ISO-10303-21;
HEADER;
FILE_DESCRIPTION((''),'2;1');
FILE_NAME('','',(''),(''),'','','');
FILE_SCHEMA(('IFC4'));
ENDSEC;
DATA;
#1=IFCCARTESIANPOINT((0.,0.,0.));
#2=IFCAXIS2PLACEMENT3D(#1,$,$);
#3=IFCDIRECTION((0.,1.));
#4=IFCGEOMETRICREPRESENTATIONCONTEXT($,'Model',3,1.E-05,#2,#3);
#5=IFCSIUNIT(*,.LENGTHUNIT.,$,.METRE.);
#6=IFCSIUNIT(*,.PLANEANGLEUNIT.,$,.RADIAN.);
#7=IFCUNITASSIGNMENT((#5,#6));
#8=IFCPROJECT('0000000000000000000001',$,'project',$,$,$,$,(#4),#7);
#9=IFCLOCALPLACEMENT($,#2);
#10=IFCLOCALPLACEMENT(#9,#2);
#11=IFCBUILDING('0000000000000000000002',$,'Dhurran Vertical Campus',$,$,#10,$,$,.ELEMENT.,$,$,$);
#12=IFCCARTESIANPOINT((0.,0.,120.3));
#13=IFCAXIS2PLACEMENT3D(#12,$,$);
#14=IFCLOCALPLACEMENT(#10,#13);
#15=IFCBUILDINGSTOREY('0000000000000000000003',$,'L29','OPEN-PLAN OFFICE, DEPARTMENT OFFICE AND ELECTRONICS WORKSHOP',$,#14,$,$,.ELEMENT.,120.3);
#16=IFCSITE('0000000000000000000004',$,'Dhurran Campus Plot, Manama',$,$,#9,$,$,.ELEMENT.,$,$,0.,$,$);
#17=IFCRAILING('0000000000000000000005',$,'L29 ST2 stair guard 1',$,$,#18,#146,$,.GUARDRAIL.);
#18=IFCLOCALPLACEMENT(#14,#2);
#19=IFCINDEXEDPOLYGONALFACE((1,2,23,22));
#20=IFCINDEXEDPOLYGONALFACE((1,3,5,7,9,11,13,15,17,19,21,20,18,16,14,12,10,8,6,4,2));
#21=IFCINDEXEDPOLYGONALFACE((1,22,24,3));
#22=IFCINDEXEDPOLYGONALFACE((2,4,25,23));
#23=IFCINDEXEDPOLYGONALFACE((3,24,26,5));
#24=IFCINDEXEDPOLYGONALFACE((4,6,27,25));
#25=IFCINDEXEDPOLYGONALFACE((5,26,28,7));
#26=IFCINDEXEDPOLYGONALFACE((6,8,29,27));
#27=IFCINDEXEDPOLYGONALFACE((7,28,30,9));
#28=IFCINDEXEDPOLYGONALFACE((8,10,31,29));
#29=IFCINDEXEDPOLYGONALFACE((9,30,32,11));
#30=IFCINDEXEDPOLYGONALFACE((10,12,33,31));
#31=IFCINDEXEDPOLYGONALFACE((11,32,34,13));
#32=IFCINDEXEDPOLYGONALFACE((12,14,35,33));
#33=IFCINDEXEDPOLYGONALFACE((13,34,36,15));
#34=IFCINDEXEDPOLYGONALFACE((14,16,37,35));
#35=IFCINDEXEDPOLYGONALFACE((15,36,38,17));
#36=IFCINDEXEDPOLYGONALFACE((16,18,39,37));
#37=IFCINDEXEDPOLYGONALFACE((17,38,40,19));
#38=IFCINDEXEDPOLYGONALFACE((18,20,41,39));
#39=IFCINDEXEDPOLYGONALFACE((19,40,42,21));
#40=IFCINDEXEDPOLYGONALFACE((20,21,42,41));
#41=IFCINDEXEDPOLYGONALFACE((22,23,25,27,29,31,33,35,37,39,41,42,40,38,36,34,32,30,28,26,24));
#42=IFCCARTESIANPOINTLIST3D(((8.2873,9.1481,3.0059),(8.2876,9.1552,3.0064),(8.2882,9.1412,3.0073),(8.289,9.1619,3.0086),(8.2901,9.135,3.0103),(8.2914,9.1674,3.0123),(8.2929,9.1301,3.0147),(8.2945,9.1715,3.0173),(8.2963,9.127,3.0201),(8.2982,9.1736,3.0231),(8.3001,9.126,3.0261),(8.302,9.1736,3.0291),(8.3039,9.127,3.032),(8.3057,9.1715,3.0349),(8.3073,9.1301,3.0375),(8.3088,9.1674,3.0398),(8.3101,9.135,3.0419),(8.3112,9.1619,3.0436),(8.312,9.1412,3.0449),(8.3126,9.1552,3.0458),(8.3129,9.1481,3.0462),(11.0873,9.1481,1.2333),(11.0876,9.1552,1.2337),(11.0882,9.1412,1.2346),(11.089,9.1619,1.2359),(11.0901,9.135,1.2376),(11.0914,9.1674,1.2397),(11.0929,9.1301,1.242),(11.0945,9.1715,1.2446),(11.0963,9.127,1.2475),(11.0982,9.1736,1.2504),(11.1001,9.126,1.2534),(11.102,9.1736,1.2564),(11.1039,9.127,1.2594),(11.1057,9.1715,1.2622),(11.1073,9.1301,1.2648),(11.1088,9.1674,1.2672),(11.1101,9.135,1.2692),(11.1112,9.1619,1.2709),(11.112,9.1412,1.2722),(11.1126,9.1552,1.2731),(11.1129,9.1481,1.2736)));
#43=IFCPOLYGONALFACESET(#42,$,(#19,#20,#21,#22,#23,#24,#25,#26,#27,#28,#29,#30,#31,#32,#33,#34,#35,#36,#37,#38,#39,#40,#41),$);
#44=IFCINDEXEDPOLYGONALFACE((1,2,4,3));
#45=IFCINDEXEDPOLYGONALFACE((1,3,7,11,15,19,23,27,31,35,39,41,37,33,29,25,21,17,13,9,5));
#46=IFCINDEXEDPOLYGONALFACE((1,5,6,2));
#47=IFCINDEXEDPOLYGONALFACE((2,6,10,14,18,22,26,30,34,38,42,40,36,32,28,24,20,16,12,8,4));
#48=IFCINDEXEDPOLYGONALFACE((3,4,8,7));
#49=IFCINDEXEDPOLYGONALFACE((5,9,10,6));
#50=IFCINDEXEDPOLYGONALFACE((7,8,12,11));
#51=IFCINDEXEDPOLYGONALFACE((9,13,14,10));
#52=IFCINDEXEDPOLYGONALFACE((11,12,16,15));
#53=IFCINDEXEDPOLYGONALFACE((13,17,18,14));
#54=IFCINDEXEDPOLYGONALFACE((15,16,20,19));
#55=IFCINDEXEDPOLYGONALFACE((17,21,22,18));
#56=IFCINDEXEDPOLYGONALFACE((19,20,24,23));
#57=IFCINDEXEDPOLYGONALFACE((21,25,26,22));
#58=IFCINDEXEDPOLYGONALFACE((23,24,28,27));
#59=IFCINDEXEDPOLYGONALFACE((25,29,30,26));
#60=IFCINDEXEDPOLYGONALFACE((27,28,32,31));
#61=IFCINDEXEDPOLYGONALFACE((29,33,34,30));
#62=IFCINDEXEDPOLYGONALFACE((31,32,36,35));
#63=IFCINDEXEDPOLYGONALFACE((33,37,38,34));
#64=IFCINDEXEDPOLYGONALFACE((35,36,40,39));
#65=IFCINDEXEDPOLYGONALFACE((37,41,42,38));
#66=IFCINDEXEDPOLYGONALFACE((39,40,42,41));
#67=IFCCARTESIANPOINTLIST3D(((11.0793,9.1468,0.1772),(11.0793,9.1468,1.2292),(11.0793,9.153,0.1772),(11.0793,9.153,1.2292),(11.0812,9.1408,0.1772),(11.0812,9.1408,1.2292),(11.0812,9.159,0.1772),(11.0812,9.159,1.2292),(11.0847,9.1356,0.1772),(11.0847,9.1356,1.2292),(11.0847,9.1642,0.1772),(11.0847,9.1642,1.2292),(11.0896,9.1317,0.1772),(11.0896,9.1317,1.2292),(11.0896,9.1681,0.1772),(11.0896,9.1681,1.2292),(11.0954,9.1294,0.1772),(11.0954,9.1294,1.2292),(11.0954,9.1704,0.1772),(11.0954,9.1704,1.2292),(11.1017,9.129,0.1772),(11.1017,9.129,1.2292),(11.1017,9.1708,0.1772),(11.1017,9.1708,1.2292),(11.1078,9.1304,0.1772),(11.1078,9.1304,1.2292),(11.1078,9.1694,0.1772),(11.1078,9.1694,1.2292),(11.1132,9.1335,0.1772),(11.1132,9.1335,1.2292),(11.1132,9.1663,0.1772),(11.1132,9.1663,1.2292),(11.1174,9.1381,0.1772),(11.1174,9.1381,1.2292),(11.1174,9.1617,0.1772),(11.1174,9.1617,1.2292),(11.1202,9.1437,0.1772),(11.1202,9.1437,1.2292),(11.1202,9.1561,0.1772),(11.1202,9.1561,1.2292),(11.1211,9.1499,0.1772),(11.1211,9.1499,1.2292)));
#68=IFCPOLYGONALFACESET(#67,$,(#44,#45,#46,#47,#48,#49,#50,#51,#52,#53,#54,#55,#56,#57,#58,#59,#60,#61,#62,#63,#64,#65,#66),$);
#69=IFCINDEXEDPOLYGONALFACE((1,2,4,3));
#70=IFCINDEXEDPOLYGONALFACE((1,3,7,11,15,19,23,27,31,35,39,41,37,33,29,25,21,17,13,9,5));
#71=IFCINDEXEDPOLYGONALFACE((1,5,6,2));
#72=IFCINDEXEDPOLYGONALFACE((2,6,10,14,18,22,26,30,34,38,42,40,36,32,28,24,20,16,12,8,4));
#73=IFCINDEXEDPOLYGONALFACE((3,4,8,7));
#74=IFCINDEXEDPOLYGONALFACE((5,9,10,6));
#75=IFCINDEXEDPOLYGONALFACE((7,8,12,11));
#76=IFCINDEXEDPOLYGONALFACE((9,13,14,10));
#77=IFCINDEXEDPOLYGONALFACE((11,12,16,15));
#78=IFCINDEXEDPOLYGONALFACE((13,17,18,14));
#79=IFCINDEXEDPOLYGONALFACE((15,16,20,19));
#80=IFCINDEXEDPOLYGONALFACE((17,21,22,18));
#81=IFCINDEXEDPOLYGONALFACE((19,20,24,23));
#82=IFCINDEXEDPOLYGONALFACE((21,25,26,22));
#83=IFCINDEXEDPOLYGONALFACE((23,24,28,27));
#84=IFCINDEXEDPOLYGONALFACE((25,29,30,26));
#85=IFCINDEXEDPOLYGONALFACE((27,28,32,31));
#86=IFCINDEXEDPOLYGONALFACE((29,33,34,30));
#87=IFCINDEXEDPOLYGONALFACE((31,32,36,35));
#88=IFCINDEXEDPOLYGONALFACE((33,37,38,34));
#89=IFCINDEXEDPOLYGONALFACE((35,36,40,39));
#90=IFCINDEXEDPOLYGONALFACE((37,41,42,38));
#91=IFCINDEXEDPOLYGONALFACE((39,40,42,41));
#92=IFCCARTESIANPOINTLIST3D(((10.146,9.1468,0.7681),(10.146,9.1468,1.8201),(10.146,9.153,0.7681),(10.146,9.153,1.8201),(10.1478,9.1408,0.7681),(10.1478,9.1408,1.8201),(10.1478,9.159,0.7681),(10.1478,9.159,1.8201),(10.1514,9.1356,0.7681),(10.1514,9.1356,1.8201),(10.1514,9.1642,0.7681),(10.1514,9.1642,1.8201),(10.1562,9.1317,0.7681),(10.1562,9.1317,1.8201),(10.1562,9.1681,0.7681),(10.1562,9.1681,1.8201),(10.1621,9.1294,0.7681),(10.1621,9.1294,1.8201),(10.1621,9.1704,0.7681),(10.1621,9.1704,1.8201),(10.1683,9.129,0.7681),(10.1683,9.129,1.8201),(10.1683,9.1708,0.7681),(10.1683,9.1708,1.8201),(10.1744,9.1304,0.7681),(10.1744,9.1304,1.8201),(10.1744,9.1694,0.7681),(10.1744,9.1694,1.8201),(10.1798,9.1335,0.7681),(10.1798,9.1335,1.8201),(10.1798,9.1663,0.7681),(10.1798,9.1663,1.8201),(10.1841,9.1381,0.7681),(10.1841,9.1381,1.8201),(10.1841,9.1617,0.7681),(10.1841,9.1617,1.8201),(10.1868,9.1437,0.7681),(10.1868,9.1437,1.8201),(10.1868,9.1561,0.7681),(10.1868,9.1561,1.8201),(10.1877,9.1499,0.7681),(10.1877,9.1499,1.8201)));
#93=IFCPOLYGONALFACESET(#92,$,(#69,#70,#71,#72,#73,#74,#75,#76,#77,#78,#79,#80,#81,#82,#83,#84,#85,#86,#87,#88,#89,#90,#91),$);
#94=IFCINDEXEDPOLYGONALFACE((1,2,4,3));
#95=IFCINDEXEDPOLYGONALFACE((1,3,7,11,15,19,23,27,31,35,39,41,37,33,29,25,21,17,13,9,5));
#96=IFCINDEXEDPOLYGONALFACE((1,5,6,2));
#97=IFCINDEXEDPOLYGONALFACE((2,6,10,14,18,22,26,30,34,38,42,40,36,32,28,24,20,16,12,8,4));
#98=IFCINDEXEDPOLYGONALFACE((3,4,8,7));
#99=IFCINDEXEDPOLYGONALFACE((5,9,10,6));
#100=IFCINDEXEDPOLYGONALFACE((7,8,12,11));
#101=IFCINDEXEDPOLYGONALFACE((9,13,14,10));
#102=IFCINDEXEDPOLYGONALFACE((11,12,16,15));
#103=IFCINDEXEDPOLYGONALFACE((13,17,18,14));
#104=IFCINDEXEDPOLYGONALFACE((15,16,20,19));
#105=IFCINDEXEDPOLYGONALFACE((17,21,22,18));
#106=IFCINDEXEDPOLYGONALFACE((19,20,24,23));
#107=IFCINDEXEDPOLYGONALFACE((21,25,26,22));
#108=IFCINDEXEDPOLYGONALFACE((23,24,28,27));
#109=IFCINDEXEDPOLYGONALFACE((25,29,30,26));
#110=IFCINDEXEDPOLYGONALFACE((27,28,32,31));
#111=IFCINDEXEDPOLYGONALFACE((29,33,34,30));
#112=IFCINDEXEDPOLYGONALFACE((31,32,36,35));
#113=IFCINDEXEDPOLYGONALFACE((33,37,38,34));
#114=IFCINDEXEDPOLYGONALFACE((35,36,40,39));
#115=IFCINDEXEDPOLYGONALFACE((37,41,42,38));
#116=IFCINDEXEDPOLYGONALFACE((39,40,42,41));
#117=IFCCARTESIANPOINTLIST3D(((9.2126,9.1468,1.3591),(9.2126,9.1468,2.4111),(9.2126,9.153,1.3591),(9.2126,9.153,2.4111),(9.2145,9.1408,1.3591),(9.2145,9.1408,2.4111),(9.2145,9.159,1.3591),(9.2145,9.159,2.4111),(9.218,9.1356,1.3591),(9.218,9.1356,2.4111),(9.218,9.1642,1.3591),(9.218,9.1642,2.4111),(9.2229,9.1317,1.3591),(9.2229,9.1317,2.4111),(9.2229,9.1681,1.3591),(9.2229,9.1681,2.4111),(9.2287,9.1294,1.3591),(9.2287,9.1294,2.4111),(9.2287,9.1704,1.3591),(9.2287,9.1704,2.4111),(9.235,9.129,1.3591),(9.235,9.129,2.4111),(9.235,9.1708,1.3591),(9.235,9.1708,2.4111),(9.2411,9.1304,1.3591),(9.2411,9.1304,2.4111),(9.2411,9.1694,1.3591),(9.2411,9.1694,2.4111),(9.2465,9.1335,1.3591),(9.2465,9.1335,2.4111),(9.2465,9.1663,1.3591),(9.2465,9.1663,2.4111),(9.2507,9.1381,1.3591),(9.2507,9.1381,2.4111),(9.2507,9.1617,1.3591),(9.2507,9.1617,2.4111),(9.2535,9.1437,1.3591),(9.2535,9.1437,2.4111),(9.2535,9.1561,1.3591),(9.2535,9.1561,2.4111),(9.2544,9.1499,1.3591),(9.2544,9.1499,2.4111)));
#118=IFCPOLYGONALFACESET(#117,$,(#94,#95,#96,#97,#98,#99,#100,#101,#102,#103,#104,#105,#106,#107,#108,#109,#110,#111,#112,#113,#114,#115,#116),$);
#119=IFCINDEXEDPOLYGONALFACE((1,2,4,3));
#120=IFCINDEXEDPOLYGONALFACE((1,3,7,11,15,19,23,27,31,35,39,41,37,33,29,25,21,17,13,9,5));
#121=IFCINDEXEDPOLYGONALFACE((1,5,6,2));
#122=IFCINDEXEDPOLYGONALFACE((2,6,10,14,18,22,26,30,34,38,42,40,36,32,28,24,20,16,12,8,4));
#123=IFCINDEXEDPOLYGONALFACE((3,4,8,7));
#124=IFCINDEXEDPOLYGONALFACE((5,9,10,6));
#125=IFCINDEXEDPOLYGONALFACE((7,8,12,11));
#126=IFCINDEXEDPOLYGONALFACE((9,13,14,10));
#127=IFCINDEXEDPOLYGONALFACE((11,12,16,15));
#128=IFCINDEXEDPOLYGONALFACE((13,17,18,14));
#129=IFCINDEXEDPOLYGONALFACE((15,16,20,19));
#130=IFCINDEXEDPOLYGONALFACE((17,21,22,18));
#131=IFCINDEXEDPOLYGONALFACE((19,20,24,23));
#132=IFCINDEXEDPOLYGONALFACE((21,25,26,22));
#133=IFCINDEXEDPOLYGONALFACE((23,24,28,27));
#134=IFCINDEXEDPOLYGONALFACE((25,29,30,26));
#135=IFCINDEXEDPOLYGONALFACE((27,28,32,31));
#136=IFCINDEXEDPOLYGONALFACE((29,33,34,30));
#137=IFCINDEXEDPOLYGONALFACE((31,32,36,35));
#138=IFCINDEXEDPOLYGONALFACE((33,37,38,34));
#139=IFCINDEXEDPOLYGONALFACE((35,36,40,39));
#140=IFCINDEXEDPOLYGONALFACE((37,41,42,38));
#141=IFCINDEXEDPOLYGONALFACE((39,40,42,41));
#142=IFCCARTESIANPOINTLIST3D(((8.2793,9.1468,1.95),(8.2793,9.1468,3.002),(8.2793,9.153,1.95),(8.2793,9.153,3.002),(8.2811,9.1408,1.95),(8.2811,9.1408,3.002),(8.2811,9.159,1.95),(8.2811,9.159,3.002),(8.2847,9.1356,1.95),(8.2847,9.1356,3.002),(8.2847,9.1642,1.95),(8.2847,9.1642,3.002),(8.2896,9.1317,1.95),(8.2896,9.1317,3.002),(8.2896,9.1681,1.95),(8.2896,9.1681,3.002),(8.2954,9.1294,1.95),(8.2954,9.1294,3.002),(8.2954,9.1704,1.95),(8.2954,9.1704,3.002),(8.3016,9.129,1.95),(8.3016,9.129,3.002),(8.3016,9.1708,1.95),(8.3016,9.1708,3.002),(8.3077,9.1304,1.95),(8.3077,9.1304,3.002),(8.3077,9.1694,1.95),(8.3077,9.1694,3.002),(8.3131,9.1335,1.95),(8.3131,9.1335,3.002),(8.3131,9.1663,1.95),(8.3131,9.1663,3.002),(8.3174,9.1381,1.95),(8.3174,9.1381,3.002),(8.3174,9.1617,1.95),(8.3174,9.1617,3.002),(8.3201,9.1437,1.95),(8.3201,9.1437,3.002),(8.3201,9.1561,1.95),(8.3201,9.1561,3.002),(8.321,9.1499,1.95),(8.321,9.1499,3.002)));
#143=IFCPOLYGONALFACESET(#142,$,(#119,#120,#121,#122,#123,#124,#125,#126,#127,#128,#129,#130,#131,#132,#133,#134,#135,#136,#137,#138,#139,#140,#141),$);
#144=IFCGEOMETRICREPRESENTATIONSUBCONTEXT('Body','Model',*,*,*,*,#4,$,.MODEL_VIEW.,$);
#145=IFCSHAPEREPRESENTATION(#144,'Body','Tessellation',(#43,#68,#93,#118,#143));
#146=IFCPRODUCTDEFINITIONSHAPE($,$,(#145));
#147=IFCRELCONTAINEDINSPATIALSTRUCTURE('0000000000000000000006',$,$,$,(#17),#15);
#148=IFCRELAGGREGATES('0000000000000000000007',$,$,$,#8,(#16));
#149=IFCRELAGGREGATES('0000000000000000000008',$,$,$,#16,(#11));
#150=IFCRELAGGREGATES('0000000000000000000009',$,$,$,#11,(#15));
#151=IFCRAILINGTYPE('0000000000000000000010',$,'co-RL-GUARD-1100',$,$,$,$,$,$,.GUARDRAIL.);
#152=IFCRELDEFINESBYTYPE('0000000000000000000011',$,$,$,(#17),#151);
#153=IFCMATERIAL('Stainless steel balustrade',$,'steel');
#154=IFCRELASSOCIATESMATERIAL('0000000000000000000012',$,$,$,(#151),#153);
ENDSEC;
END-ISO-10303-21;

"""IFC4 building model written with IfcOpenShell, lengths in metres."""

from ifc_helpers import new_model, si_unit, direction, frame, origin, origin_2d, place, context, subcontext, project, spatial, circle, extrude, material, type_object, element, save


model = new_model("IFC4")

# Units and contexts
model_context = context("Model", 3, precision=1e-05, world=origin(), true_north=direction((0.0, 1.0)))
body_context = subcontext(model_context, "Body", "Model", "MODEL_VIEW")
ifc_project = project(units=[si_unit("LENGTHUNIT", "METRE"), si_unit("PLANEANGLEUNIT", "RADIAN")], contexts=[model_context])

# Site, building, storey
site_placement = place(None, origin())
site = spatial("IfcSite", under=ifc_project, at=site_placement, Name="Dhurran Campus Plot, Manama", CompositionType="ELEMENT", RefElevation=0.0)
building_placement = place(site_placement, origin())
building = spatial("IfcBuilding", under=site, at=building_placement, Name="Dhurran Vertical Campus", CompositionType="ELEMENT")
storey_placement = place(building_placement, frame((0.0, 0.0, 120.3)))
storey = spatial("IfcBuildingStorey", under=building, at=storey_placement, Name="L29", Description="OPEN-PLAN OFFICE, DEPARTMENT OFFICE AND ELECTRONICS WORKSHOP", CompositionType="ELEMENT", Elevation=120.3)

# Railing
ifc_material_1 = material(Name="Stainless steel balustrade", Category="steel")
railing_type_1 = type_object("IfcRailingType", Name="co-RL-GUARD-1100", PredefinedType="GUARDRAIL", material=ifc_material_1)
railing_1_placement = place(storey_placement, frame((11.1001, 9.1499, 0.1772)))
element("IfcRailing", 1, at=railing_1_placement, inside=storey, type_object=railing_type_1, Name="L29 ST2 stair guard 1", PredefinedType="GUARDRAIL", context=body_context, shape_type="SweptSolid", body=[
    extrude(circle(Radius=0.0239, at=origin_2d()), frame((0.0, 0.0, 1.0762), z_axis=(-0.844909, 0.0, 0.53491), x_axis=(0.0, -1.0, 0.0)), (0.0, 0.0, 1.0), 3.314),
    extrude(circle(Radius=0.021, at=origin_2d()), origin(), (0.0, 0.0, 1.0), 1.052),
    extrude(circle(Radius=0.021, at=origin_2d()), frame((-0.9333, 0.0, 0.5908)), (0.0, 0.0, 1.0), 1.052),
    extrude(circle(Radius=0.021, at=origin_2d()), frame((-1.8667, 0.0, 1.1819)), (0.0, 0.0, 1.0), 1.052),
    extrude(circle(Radius=0.021, at=origin_2d()), frame((-2.8, 0.0, 1.7727)), (0.0, 0.0, 1.0), 1.052),
])

save(model, "model.ifc")
